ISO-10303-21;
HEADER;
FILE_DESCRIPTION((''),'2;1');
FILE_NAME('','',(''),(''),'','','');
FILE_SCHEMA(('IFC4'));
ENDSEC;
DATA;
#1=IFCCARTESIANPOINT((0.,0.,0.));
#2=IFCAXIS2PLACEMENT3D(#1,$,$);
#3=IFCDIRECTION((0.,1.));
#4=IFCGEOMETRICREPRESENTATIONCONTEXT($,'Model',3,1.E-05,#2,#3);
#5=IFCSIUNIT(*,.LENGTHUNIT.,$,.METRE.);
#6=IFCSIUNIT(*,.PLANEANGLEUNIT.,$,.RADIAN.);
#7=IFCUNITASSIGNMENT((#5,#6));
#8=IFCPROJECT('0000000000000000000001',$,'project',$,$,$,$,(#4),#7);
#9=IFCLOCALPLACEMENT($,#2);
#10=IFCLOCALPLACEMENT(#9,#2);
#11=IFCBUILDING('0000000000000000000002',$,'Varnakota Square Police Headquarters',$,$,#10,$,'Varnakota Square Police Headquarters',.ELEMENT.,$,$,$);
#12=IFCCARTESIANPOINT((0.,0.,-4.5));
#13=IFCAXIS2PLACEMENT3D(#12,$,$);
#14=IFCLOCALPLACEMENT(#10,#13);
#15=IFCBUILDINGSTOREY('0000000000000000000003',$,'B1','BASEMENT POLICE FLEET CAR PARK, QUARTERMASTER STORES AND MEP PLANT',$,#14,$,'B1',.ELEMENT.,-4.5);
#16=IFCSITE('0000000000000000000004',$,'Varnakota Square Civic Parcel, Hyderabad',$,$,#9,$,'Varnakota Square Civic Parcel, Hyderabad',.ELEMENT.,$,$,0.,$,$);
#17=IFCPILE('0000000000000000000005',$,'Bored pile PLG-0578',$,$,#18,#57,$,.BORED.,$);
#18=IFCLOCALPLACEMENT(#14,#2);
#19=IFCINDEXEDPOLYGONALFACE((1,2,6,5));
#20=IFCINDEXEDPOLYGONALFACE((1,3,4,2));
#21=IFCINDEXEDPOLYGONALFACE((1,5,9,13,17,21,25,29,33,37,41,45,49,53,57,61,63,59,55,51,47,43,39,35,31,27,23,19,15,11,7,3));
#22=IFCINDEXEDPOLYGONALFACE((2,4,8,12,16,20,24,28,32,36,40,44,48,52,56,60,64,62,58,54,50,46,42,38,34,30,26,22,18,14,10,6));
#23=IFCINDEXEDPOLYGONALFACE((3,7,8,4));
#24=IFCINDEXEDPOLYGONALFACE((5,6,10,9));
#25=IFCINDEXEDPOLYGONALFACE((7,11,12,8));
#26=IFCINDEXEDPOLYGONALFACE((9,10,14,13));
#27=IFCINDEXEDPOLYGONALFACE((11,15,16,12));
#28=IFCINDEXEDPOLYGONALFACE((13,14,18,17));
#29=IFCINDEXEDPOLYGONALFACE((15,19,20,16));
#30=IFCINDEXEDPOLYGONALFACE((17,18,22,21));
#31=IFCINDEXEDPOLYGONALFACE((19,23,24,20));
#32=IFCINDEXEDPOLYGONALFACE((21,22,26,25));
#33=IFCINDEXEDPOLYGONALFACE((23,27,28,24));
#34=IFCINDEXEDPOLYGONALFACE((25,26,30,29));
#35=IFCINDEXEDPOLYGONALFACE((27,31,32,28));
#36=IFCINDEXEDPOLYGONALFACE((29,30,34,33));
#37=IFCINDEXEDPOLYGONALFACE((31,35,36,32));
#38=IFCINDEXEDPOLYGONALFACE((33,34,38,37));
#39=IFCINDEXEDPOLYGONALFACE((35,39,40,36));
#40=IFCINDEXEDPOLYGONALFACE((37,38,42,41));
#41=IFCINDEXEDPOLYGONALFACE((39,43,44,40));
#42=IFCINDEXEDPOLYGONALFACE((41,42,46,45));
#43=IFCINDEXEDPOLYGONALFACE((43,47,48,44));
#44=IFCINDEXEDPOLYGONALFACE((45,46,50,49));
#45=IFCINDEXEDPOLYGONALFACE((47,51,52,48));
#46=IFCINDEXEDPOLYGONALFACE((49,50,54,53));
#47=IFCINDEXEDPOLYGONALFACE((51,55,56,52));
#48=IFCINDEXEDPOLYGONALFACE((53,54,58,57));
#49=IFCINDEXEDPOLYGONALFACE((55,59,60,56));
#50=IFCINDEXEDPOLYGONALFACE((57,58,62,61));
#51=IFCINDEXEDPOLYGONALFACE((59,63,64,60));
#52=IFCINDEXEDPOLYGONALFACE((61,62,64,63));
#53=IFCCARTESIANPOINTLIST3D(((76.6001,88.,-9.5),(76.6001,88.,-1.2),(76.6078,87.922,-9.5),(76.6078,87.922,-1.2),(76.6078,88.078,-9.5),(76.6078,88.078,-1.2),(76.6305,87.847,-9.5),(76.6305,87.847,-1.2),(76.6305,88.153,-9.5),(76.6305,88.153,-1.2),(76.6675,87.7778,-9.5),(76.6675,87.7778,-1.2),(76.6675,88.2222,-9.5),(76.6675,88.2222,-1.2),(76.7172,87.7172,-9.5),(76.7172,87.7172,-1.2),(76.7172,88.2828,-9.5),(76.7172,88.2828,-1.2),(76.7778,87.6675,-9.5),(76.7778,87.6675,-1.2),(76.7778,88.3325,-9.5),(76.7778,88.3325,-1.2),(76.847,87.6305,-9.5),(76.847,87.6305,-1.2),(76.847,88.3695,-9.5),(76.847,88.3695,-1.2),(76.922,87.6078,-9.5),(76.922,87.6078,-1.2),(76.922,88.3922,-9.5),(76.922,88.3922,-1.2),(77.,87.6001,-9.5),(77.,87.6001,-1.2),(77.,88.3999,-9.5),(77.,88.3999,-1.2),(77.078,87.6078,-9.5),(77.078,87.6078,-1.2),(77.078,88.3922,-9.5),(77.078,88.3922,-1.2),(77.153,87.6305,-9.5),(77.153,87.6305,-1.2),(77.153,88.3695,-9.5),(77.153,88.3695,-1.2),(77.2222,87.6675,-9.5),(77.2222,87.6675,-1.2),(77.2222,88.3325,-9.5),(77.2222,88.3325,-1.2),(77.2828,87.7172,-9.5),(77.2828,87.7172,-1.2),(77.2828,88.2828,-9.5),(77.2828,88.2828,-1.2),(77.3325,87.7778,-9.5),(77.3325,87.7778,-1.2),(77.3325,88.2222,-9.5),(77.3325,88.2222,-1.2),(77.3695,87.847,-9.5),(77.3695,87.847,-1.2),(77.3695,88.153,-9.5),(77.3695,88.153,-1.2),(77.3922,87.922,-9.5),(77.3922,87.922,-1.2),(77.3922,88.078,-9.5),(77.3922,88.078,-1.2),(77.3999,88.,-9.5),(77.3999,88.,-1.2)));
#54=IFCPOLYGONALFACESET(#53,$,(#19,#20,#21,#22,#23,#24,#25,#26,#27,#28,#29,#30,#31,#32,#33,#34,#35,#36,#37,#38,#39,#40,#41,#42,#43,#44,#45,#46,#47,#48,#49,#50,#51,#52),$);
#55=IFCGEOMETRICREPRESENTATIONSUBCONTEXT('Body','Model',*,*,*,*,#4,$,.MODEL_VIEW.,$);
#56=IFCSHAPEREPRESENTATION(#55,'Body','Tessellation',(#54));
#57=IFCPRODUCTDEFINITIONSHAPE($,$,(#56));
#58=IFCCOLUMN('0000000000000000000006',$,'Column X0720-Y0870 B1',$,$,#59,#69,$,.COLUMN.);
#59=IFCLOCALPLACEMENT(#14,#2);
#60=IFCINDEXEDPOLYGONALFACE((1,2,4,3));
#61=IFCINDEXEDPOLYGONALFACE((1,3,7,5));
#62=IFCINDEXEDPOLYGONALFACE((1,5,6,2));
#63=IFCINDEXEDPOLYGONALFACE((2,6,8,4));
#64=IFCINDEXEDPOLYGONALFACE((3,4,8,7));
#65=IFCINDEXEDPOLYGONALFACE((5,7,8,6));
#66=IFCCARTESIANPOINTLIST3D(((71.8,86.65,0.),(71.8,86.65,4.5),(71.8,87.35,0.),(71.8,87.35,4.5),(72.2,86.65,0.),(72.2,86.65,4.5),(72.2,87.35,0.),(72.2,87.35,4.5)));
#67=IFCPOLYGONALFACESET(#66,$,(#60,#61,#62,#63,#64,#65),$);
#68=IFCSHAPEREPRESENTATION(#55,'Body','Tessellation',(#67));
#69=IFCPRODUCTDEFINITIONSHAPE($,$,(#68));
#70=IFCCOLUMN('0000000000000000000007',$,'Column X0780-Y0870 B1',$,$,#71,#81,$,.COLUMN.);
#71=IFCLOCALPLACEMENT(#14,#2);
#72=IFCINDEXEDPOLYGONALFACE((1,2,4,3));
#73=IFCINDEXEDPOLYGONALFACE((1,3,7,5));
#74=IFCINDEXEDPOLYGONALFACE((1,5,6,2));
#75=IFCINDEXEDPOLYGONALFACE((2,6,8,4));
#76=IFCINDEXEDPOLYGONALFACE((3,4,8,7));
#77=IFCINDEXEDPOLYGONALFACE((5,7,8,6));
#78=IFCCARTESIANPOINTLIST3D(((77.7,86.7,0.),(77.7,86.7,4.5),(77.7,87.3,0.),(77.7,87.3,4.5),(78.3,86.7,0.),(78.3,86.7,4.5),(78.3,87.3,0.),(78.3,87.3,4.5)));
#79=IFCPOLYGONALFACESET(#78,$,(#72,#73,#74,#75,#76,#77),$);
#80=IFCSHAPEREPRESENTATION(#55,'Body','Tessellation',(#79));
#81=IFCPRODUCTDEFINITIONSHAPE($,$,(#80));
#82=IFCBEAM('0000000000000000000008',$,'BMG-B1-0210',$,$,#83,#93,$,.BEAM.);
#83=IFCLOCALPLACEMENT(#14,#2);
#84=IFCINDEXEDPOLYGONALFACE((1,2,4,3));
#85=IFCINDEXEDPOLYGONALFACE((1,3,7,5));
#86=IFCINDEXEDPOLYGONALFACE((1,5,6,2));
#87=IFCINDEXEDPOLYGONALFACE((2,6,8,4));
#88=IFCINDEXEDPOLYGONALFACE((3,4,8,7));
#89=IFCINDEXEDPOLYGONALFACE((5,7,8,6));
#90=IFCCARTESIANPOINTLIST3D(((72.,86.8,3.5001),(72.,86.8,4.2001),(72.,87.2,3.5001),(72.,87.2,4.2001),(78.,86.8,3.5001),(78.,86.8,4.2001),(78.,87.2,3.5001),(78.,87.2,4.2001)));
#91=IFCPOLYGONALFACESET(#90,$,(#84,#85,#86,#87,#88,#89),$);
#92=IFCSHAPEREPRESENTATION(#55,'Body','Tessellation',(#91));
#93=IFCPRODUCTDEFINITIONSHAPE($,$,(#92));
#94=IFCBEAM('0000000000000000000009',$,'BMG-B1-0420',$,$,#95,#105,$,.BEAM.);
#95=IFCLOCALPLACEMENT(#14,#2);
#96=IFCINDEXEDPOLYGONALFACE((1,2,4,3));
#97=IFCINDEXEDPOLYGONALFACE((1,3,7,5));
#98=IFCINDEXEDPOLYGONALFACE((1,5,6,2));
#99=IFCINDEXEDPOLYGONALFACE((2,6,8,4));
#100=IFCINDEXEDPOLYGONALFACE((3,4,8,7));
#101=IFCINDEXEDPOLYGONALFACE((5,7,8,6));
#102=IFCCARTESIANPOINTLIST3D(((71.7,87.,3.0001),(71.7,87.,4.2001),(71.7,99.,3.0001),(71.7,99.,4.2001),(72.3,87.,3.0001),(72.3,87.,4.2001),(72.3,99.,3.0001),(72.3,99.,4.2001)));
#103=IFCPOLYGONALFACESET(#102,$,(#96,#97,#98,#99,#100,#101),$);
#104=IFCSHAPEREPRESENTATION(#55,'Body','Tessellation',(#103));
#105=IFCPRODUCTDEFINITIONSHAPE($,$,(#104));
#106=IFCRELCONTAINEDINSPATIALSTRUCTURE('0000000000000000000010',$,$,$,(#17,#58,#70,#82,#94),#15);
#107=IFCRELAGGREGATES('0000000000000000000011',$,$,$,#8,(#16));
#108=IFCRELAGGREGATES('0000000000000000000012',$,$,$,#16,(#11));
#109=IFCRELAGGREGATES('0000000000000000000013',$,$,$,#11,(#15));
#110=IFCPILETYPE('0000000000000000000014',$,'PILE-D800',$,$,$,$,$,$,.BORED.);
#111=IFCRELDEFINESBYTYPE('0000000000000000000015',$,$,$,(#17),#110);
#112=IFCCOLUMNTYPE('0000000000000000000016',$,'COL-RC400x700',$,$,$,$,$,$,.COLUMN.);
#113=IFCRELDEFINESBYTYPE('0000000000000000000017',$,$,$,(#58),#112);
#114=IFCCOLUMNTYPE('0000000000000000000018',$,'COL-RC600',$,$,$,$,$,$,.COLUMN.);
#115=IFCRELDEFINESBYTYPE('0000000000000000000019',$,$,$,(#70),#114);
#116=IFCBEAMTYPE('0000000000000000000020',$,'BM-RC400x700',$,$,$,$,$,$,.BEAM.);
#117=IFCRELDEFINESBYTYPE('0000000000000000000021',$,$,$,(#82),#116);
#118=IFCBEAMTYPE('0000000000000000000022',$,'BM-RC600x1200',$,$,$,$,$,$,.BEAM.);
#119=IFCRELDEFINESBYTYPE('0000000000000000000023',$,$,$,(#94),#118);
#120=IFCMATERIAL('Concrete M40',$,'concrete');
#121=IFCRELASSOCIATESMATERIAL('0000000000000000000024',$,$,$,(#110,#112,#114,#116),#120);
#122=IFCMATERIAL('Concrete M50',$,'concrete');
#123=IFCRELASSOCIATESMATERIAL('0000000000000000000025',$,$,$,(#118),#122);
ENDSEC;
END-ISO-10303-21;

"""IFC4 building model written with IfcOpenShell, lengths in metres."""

from ifc_helpers import new_model, si_unit, direction, frame, origin, origin_2d, place, context, subcontext, project, spatial, rectangle, circle, extrude, material, material_profile, profile_set, type_object, element, save


model = new_model("IFC4")

# Units and contexts
model_context = context("Model", 3, precision=1e-05, world=origin(), true_north=direction((0.0, 1.0)))
body_context = subcontext(model_context, "Body", "Model", "MODEL_VIEW")
ifc_project = project(units=[si_unit("LENGTHUNIT", "METRE"), si_unit("PLANEANGLEUNIT", "RADIAN")], contexts=[model_context])

# Site, building, storey
site_placement = place(None, origin())
site = spatial("IfcSite", under=ifc_project, at=site_placement, Name="Varnakota Square Civic Parcel, Hyderabad", LongName="Varnakota Square Civic Parcel, Hyderabad", CompositionType="ELEMENT", RefElevation=0.0)
building_placement = place(site_placement, origin())
building = spatial("IfcBuilding", under=site, at=building_placement, Name="Varnakota Square Police Headquarters", LongName="Varnakota Square Police Headquarters", CompositionType="ELEMENT")
storey_placement = place(building_placement, frame((0.0, 0.0, -4.5)))
storey = spatial("IfcBuildingStorey", under=building, at=storey_placement, Name="B1", Description="BASEMENT POLICE FLEET CAR PARK, QUARTERMASTER STORES AND MEP PLANT", LongName="B1", CompositionType="ELEMENT", Elevation=-4.5)

# Shared definitions
ifc_material_1 = material(Name="Concrete M40", Category="concrete")

# Pile
ifc_material_2 = material(Name="Concrete M50", Category="concrete")
ifc_material_profile_1 = material_profile(ifc_material_1, circle(Radius=0.3999, at=origin_2d()), Name="BORED PILE 800")
ifc_profile_set_1 = profile_set([ifc_material_profile_1], Name="Concrete M40")
pile_type_1 = type_object("IfcPileType", Name="PILE-D800", PredefinedType="BORED", material=ifc_profile_set_1)
for number, where, z_axis, x_axis, name in (
    (1, (77.0, 88.0, -1.2), (0.0, 0.0, -1.0), (1.0, 0.0, 0.0), "Bored pile PLG-0578"),
):
    element("IfcPile", number, at=place(storey_placement, frame(where, z_axis=z_axis, x_axis=x_axis)), inside=storey, type_object=pile_type_1, Name=name, PredefinedType="BORED", context=body_context, shape_type="SweptSolid", body=[
        extrude(circle(Radius=0.3999, at=origin_2d()), origin(), (0.0, 0.0, 1.0), 8.3),
    ])

# Columns
ifc_material_profile_2 = material_profile(ifc_material_1, rectangle(XDim=0.3999, YDim=0.7, at=origin_2d()), Name="RC 400x700")
ifc_profile_set_2 = profile_set([ifc_material_profile_2], Name="Concrete M40")
column_type_1 = type_object("IfcColumnType", Name="COL-RC400x700", PredefinedType="COLUMN", material=ifc_profile_set_2)
column_1_placement = place(storey_placement, frame((72.0, 87.0, 0.0), z_axis=(0.0, 0.0, 1.0), x_axis=(1.0, 0.0, 0.0)))
element("IfcColumn", 2, at=column_1_placement, inside=storey, type_object=column_type_1, Name="Column X0720-Y0870 B1", PredefinedType="COLUMN", context=body_context, shape_type="SweptSolid", body=[
    extrude(rectangle(XDim=0.3999, YDim=0.7, at=origin_2d()), origin(), (0.0, 0.0, 1.0), 4.5),
])
ifc_material_profile_3 = material_profile(ifc_material_1, rectangle(XDim=0.6001, YDim=0.6001, at=origin_2d()), Name="RC 600x600")
ifc_profile_set_3 = profile_set([ifc_material_profile_3], Name="Concrete M40")
column_type_2 = type_object("IfcColumnType", Name="COL-RC600", PredefinedType="COLUMN", material=ifc_profile_set_3)
column_2_placement = place(storey_placement, frame((78.0, 87.0, 0.0), z_axis=(0.0, 0.0, 1.0), x_axis=(1.0, 0.0, 0.0)))
element("IfcColumn", 3, at=column_2_placement, inside=storey, type_object=column_type_2, Name="Column X0780-Y0870 B1", PredefinedType="COLUMN", context=body_context, shape_type="SweptSolid", body=[
    extrude(rectangle(XDim=0.6001, YDim=0.6001, at=origin_2d()), origin(), (0.0, 0.0, 1.0), 4.5),
])

# Beams
ifc_material_profile_4 = material_profile(ifc_material_1, rectangle(XDim=0.3999, YDim=0.7, at=origin_2d()), Name="RC 400x700")
ifc_profile_set_4 = profile_set([ifc_material_profile_4], Name="Concrete M40")
beam_type_1 = type_object("IfcBeamType", Name="BM-RC400x700", PredefinedType="BEAM", material=ifc_profile_set_4)
beam_1_placement = place(storey_placement, frame((72.0, 87.0, 3.8501), z_axis=(1.0, 0.0, 0.0), x_axis=(0.0, 1.0, 0.0)))
element("IfcBeam", 4, at=beam_1_placement, inside=storey, type_object=beam_type_1, Name="BMG-B1-0210", PredefinedType="BEAM", context=body_context, shape_type="SweptSolid", body=[
    extrude(rectangle(XDim=0.3999, YDim=0.7, at=origin_2d()), origin(), (0.0, 0.0, 1.0), 6.0),
])
ifc_material_profile_5 = material_profile(ifc_material_2, rectangle(XDim=0.6001, YDim=1.2, at=origin_2d()), Name="RC 600x1200")
ifc_profile_set_5 = profile_set([ifc_material_profile_5], Name="Concrete M50")
beam_type_2 = type_object("IfcBeamType", Name="BM-RC600x1200", PredefinedType="BEAM", material=ifc_profile_set_5)
beam_2_placement = place(storey_placement, frame((72.0, 87.0, 3.6001), z_axis=(0.0, 1.0, 0.0), x_axis=(-1.0, 0.0, 0.0)))
element("IfcBeam", 5, at=beam_2_placement, inside=storey, type_object=beam_type_2, Name="BMG-B1-0420", PredefinedType="BEAM", context=body_context, shape_type="SweptSolid", body=[
    extrude(rectangle(XDim=0.6001, YDim=1.2, at=origin_2d()), origin(), (0.0, 0.0, 1.0), 12.0),
])

save(model, "model.ifc")
